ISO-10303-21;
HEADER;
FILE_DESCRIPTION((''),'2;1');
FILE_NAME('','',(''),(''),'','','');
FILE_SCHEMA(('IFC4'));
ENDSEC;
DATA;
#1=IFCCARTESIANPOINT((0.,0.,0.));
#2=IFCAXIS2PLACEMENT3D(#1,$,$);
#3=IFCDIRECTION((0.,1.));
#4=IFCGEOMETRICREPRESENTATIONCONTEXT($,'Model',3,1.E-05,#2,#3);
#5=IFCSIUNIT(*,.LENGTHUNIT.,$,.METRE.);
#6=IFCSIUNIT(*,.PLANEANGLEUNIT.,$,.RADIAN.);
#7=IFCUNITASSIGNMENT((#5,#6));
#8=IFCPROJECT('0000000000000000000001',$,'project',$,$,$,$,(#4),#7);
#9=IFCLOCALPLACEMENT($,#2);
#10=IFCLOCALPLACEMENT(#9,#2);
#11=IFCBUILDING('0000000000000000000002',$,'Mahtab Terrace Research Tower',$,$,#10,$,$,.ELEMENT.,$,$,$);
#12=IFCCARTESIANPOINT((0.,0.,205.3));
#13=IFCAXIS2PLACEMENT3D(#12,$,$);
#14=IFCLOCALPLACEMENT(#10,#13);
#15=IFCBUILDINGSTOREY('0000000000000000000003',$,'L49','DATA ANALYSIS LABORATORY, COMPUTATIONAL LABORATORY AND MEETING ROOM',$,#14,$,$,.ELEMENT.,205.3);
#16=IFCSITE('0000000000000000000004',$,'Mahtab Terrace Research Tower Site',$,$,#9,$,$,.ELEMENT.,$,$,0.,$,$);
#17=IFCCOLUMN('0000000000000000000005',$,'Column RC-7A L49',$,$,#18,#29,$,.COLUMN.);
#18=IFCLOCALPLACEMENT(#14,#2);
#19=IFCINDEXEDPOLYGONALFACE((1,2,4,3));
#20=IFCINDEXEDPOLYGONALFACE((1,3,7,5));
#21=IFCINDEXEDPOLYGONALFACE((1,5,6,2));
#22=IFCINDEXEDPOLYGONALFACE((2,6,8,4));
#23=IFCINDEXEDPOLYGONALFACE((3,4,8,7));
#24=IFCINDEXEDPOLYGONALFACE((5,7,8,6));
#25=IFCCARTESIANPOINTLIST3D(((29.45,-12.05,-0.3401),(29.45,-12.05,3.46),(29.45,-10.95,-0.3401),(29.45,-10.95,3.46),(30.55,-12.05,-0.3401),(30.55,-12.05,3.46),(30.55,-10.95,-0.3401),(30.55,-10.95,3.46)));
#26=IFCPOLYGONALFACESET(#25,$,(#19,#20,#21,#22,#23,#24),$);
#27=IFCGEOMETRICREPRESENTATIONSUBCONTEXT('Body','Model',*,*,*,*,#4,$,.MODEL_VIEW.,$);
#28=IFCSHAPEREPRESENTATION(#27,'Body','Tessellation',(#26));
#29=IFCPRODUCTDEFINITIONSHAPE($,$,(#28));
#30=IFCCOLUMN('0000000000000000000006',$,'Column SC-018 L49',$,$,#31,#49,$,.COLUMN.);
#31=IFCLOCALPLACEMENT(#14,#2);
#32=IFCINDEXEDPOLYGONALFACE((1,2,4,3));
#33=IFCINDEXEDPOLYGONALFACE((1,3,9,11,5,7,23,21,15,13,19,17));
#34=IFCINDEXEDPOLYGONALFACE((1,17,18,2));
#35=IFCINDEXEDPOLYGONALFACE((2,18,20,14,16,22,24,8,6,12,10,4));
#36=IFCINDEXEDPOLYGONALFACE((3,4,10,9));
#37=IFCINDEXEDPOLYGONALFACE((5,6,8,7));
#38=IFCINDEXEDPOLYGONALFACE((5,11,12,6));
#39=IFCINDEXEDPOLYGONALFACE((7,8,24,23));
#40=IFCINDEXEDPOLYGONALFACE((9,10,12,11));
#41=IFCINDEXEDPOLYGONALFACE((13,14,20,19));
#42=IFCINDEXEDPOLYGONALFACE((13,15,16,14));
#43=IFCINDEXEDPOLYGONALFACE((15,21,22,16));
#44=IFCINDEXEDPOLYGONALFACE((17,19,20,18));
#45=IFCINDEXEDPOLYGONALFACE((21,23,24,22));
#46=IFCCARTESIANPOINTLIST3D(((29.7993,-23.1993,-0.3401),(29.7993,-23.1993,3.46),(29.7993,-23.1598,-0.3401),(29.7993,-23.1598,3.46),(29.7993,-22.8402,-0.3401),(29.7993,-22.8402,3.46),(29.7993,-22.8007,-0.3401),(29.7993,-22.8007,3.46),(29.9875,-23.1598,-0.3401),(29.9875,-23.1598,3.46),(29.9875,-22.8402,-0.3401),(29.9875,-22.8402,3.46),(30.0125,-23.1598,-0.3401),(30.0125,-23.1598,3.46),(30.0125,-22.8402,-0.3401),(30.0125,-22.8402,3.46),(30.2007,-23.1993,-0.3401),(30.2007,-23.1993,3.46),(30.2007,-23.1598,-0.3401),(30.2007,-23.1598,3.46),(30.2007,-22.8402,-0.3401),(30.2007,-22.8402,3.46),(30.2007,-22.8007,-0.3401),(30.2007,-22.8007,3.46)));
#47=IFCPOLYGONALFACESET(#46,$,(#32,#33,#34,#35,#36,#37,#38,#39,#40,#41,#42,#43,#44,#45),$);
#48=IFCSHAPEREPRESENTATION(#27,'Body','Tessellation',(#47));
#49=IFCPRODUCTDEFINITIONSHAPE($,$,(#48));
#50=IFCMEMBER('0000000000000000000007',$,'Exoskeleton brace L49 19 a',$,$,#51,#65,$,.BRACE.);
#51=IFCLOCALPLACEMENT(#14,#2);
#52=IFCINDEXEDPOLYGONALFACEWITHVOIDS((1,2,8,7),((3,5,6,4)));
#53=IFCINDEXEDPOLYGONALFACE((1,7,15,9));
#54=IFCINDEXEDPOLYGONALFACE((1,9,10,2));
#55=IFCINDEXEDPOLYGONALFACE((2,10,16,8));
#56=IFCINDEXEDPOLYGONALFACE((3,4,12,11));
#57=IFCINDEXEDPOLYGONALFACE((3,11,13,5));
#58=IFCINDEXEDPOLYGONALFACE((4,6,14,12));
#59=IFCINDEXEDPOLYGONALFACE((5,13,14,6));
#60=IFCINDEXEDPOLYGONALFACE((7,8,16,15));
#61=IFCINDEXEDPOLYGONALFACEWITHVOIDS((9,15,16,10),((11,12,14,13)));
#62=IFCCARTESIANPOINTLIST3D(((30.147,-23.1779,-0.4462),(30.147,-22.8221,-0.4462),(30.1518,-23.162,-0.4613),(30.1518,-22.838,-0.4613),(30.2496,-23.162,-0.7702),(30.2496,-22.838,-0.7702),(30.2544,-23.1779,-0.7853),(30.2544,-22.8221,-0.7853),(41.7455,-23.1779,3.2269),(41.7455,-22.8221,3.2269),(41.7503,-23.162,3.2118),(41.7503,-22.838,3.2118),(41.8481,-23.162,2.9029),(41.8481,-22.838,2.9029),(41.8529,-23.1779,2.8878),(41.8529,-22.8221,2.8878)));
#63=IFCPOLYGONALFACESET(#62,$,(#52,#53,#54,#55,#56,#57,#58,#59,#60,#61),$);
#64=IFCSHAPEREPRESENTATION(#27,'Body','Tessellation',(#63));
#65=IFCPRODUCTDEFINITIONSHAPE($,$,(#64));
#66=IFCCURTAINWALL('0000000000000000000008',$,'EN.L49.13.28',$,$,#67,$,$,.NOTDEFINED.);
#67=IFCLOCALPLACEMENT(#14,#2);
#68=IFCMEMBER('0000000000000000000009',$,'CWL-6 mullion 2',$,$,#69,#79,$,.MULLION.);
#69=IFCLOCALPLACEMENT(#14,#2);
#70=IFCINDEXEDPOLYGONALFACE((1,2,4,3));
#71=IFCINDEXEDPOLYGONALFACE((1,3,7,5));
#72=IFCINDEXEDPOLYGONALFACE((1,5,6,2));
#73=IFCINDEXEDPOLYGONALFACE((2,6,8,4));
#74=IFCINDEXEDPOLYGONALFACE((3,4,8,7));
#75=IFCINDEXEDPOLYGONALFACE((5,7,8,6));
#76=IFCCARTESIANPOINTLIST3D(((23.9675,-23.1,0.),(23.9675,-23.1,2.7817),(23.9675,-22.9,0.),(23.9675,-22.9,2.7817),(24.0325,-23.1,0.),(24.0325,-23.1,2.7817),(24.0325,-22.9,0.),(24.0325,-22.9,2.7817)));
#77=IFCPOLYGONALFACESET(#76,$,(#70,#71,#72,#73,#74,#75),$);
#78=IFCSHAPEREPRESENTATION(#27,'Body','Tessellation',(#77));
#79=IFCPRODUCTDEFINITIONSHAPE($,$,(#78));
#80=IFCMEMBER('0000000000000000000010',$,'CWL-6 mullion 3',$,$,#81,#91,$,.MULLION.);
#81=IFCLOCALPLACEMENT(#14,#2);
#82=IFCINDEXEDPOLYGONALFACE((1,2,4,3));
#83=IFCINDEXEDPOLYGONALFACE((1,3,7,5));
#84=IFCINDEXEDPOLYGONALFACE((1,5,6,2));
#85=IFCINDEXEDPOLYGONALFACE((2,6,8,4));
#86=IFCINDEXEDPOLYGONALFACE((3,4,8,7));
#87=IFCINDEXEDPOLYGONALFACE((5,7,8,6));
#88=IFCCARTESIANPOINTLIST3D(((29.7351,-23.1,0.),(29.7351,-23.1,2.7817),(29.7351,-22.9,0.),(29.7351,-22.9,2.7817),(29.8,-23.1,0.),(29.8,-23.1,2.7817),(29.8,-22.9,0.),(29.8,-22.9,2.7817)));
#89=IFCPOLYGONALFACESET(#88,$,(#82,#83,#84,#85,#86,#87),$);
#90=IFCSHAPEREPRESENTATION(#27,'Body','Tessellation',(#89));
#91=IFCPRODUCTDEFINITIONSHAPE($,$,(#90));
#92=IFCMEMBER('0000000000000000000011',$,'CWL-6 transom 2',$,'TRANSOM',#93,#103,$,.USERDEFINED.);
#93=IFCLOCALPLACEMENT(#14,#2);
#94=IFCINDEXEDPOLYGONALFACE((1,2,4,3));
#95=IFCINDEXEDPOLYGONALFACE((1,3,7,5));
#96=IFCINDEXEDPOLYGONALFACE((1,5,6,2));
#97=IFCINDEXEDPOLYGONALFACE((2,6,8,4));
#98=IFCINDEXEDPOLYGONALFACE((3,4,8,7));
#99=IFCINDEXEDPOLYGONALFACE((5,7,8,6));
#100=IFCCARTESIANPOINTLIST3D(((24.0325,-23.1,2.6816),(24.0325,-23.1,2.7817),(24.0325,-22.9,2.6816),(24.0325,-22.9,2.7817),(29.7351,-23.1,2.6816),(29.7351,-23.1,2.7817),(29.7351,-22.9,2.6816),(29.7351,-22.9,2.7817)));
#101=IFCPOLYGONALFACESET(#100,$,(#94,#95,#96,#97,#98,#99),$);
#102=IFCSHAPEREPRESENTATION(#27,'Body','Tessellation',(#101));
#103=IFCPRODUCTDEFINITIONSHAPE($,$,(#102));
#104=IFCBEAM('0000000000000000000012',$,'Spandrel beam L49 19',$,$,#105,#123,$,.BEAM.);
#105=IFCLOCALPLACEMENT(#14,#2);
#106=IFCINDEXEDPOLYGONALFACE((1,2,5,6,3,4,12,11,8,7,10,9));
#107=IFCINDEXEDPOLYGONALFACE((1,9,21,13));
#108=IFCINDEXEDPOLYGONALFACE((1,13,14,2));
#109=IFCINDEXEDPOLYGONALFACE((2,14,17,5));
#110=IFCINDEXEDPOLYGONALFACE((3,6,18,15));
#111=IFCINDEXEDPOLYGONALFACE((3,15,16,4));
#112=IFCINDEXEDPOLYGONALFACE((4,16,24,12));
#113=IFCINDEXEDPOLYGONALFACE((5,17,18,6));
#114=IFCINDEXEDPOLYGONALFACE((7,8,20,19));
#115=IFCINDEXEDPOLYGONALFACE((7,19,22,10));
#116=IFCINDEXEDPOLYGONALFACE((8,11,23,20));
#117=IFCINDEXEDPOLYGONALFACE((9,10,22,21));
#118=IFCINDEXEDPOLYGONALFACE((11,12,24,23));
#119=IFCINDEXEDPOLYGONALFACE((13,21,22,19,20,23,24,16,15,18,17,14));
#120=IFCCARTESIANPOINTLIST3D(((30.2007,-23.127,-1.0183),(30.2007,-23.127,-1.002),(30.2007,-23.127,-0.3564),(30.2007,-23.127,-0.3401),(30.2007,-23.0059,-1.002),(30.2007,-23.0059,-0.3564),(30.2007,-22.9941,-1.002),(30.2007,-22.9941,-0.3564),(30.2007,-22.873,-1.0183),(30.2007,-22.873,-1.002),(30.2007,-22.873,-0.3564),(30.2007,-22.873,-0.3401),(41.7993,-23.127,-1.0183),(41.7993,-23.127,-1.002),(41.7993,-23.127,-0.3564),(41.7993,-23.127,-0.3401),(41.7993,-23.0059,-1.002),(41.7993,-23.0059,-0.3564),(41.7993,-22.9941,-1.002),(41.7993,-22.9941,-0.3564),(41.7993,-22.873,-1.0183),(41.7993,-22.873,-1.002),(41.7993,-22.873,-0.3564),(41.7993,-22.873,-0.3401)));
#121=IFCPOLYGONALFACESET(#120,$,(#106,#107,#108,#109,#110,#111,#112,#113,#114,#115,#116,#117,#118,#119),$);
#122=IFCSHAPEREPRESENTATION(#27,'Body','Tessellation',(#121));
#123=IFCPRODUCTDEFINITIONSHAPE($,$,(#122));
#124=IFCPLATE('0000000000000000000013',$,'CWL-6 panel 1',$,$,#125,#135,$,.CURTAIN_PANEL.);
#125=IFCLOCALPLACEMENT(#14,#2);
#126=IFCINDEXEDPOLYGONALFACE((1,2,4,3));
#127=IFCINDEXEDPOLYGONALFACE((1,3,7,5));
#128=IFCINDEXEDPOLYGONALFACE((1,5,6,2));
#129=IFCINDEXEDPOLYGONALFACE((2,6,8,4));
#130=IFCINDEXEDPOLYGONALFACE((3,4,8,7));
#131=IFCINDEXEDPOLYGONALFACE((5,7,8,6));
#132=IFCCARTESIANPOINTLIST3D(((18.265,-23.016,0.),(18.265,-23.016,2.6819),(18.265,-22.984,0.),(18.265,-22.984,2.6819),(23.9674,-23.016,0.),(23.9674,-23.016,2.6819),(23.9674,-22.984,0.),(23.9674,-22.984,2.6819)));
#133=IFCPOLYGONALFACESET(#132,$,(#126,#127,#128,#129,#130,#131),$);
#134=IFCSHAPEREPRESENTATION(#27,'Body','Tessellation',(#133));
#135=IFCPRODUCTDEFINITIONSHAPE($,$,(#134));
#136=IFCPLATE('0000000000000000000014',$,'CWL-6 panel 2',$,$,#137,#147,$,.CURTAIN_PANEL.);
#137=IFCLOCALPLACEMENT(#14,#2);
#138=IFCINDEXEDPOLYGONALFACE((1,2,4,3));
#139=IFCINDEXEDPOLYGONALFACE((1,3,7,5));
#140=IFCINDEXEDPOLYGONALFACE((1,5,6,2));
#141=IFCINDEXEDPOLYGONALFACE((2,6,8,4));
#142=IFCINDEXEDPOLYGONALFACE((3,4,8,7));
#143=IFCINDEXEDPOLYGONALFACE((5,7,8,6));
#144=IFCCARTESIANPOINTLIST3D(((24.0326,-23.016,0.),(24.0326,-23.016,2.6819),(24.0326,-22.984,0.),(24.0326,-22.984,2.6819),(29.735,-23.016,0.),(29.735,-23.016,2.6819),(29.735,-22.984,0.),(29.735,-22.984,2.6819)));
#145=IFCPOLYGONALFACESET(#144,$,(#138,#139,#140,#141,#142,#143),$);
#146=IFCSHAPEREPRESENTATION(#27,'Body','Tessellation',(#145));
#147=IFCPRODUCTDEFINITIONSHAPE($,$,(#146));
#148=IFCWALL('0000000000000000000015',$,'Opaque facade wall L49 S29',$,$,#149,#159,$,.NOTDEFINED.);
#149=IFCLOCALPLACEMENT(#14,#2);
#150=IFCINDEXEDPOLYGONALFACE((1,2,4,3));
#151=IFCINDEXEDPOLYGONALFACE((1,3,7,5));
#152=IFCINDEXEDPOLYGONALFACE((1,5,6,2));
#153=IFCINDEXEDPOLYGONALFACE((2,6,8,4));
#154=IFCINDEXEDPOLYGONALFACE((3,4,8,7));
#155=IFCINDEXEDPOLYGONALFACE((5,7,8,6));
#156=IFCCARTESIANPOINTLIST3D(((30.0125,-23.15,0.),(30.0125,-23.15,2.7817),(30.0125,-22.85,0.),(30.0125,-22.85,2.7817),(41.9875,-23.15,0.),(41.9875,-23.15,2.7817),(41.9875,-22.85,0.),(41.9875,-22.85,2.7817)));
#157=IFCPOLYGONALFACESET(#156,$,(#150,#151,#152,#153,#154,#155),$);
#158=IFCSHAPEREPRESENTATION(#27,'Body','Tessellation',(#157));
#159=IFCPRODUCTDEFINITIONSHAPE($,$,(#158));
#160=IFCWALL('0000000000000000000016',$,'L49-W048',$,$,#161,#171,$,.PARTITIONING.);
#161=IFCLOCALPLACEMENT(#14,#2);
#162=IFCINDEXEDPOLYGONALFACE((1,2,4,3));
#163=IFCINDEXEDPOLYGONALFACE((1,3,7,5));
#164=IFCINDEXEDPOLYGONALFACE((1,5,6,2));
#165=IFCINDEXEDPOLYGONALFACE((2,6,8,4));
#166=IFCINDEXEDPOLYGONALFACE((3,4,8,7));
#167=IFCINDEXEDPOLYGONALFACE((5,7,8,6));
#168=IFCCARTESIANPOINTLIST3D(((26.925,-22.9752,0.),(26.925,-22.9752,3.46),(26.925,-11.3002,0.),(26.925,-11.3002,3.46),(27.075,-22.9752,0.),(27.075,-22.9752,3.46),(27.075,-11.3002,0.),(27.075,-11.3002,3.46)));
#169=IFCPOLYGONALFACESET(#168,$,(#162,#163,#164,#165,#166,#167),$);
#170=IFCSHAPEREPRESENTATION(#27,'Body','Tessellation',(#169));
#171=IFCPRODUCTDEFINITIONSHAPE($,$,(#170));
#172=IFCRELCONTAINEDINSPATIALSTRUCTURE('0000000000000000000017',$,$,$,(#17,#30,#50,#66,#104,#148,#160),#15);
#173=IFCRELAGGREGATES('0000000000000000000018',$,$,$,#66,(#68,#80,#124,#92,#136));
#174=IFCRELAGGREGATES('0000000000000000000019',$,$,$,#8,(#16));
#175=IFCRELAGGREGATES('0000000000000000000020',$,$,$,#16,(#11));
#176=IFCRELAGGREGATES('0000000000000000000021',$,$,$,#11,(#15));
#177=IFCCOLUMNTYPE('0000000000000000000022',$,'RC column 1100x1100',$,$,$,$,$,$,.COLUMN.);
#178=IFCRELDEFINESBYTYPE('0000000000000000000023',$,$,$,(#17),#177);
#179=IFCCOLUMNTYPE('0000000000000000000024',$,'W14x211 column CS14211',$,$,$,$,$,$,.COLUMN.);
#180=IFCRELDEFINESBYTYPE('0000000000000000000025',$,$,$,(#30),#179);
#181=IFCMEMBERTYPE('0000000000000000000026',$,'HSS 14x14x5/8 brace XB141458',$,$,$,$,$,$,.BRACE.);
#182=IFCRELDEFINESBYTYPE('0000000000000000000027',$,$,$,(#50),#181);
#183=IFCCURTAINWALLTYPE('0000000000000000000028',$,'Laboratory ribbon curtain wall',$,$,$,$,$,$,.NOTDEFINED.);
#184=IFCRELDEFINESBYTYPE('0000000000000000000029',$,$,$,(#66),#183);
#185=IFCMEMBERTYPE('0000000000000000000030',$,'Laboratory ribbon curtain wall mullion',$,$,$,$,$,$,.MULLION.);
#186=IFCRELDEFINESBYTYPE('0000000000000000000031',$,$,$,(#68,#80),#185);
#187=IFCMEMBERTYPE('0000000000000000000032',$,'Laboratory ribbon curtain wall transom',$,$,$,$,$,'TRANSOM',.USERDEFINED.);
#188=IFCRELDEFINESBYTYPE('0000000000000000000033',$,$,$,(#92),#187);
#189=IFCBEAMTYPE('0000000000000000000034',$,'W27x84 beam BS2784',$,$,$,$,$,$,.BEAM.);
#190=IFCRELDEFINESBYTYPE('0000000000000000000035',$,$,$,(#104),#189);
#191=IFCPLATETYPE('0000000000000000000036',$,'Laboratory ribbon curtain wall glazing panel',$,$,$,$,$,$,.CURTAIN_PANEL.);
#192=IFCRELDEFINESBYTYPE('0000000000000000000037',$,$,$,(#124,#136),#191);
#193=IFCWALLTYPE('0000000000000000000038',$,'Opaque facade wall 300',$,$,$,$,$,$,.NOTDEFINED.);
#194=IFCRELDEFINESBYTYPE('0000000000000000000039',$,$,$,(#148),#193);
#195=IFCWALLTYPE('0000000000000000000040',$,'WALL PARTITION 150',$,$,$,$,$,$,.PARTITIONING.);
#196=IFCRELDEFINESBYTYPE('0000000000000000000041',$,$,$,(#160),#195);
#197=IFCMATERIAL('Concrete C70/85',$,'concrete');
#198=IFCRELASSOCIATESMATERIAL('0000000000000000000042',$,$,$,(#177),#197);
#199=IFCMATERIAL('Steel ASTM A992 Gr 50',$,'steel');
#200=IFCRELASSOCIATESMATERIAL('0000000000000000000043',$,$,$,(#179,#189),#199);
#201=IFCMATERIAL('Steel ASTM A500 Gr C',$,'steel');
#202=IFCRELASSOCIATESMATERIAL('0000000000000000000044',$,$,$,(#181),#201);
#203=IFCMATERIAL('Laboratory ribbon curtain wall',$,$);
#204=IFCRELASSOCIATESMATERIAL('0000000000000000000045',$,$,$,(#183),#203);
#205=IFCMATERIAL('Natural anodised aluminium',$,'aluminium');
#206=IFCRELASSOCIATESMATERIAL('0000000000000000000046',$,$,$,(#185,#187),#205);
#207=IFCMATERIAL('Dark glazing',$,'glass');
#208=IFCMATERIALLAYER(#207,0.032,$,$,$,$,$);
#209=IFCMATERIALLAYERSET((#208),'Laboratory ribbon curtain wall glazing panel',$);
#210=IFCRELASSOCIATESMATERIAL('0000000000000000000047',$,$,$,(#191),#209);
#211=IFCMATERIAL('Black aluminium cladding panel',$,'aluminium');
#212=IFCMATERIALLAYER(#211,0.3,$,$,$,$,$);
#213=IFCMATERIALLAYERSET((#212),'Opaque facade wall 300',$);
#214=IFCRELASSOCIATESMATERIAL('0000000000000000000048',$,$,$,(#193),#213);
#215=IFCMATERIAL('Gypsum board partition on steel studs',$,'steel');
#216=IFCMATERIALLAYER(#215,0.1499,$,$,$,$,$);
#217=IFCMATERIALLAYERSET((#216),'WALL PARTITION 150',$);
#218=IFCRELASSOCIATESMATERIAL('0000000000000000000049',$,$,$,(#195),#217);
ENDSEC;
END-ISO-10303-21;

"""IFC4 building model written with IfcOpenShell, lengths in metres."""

from ifc_helpers import new_model, si_unit, direction, frame, frame_2d, origin, origin_2d, place, context, subcontext, project, spatial, rectangle, hollow_rectangle, i_section, extrude, material, layer, layer_set, material_profile, profile_set, type_object, element, aggregate, save


model = new_model("IFC4")

# Units and contexts
model_context = context("Model", 3, precision=1e-05, world=origin(), true_north=direction((0.0, 1.0)))
body_context = subcontext(model_context, "Body", "Model", "MODEL_VIEW")
ifc_project = project(units=[si_unit("LENGTHUNIT", "METRE"), si_unit("PLANEANGLEUNIT", "RADIAN")], contexts=[model_context])

# Site, building, storey
site_placement = place(None, origin())
site = spatial("IfcSite", under=ifc_project, at=site_placement, Name="Mahtab Terrace Research Tower Site", CompositionType="ELEMENT", RefElevation=0.0)
building_placement = place(site_placement, origin())
building = spatial("IfcBuilding", under=site, at=building_placement, Name="Mahtab Terrace Research Tower", CompositionType="ELEMENT")
storey_placement = place(building_placement, frame((0.0, 0.0, 205.3)))
storey = spatial("IfcBuildingStorey", under=building, at=storey_placement, Name="L49", Description="DATA ANALYSIS LABORATORY, COMPUTATIONAL LABORATORY AND MEETING ROOM", CompositionType="ELEMENT", Elevation=205.3)

# Columns
ifc_material_1 = material(Name="Concrete C70/85", Category="concrete")
ifc_material_profile_1 = material_profile(ifc_material_1, rectangle(XDim=1.1001, YDim=1.1001, at=origin_2d()), Name="RC column 1100x1100")
ifc_profile_set_1 = profile_set([ifc_material_profile_1], Name="Concrete C70/85")
column_type_1 = type_object("IfcColumnType", Name="RC column 1100x1100", PredefinedType="COLUMN", material=ifc_profile_set_1)
column_1_placement = place(storey_placement, frame((30.0, -11.5, -0.3401), z_axis=(0.0, 0.0, 1.0), x_axis=(1.0, 0.0, 0.0)))
element("IfcColumn", 1, at=column_1_placement, inside=storey, type_object=column_type_1, Name="Column RC-7A L49", PredefinedType="COLUMN", context=body_context, shape_type="SweptSolid", body=[
    extrude(rectangle(XDim=1.1001, YDim=1.1001, at=origin_2d()), origin(), (0.0, 0.0, 1.0), 3.8),
])
ifc_material_2 = material(Name="Steel ASTM A992 Gr 50", Category="steel")
ifc_material_profile_2 = material_profile(ifc_material_2, i_section(OverallWidth=0.4014, OverallDepth=0.3987, WebThickness=0.0249, FlangeThickness=0.0396, at=origin_2d()), Name="W14X211")
ifc_profile_set_2 = profile_set([ifc_material_profile_2], Name="Steel ASTM A992 Gr 50")
column_type_2 = type_object("IfcColumnType", Name="W14x211 column CS14211", PredefinedType="COLUMN", material=ifc_profile_set_2)
column_2_placement = place(storey_placement, frame((30.0, -23.0, -0.3401), z_axis=(0.0, 0.0, 1.0), x_axis=(1.0, 0.0, 0.0)))
element("IfcColumn", 2, at=column_2_placement, inside=storey, type_object=column_type_2, Name="Column SC-018 L49", PredefinedType="COLUMN", context=body_context, shape_type="SweptSolid", body=[
    extrude(i_section(OverallWidth=0.4014, OverallDepth=0.3987, WebThickness=0.0249, FlangeThickness=0.0396, at=origin_2d()), origin(), (0.0, 0.0, 1.0), 3.8),
])

# Member
ifc_material_3 = material(Name="Steel ASTM A500 Gr C", Category="steel")
ifc_material_profile_3 = material_profile(ifc_material_3, hollow_rectangle(XDim=0.3557, YDim=0.3557, WallThickness=0.0159, at=origin_2d()), Name="HSS14X14X5/8")
ifc_profile_set_3 = profile_set([ifc_material_profile_3], Name="Steel ASTM A500 Gr C")
member_type_1 = type_object("IfcMemberType", Name="HSS 14x14x5/8 brace XB141458", PredefinedType="BRACE", material=ifc_profile_set_3)
member_1_placement = place(storey_placement, frame((30.2007, -23.0, -0.6157), z_axis=(0.953338, 0.0, 0.301906), x_axis=(0.0, 1.0, 0.0)))
element("IfcMember", 3, at=member_1_placement, inside=storey, type_object=member_type_1, Name="Exoskeleton brace L49 19 a", PredefinedType="BRACE", context=body_context, shape_type="SweptSolid", body=[
    extrude(hollow_rectangle(XDim=0.3557, YDim=0.3557, WallThickness=0.0159, at=origin_2d()), origin(), (0.0, 0.0, 1.0), 12.1663),
])

# Curtain wall, members
ifc_material_4 = material(Name="Laboratory ribbon curtain wall")
curtain_wall_type = type_object("IfcCurtainWallType", Name="Laboratory ribbon curtain wall", PredefinedType="NOTDEFINED", material=ifc_material_4)
curtain_wall_placement = place(storey_placement, origin())
curtain_wall = element("IfcCurtainWall", 4, at=curtain_wall_placement, inside=storey, type_object=curtain_wall_type, Name="EN.L49.13.28", PredefinedType="NOTDEFINED")
ifc_material_5 = material(Name="Natural anodised aluminium", Category="aluminium")
ifc_material_profile_4 = material_profile(ifc_material_5, rectangle(XDim=0.2, YDim=0.0649, at=origin_2d()), Name="MULLION 65x200")
ifc_profile_set_4 = profile_set([ifc_material_profile_4], Name="Natural anodised aluminium")
member_type_2 = type_object("IfcMemberType", Name="Laboratory ribbon curtain wall mullion", PredefinedType="MULLION", material=ifc_profile_set_4)
member_2_placement = place(storey_placement, frame((24.0, -23.0, 0.0), z_axis=(0.0, 0.0, 1.0), x_axis=(0.0, 1.0, 0.0)))
member_2 = element("IfcMember", 5, at=member_2_placement, type_object=member_type_2, Name="CWL-6 mullion 2", PredefinedType="MULLION", context=body_context, shape_type="SweptSolid", body=[
    extrude(rectangle(XDim=0.2, YDim=0.0649, at=origin_2d()), origin(), (0.0, 0.0, 1.0), 2.7817),
])
member_3_placement = place(storey_placement, frame((29.7676, -23.0, 0.0), z_axis=(0.0, 0.0, 1.0), x_axis=(0.0, 1.0, 0.0)))
member_3 = element("IfcMember", 6, at=member_3_placement, type_object=member_type_2, Name="CWL-6 mullion 3", PredefinedType="MULLION", context=body_context, shape_type="SweptSolid", body=[
    extrude(rectangle(XDim=0.2, YDim=0.0649, at=origin_2d()), origin(), (0.0, 0.0, 1.0), 2.7817),
])
ifc_material_profile_5 = material_profile(ifc_material_5, rectangle(XDim=0.2, YDim=0.1001, at=origin_2d()), Name="TRANSOM 100x200")
ifc_profile_set_5 = profile_set([ifc_material_profile_5], Name="Natural anodised aluminium")
member_type_3 = type_object("IfcMemberType", Name="Laboratory ribbon curtain wall transom", ElementType="TRANSOM", PredefinedType="USERDEFINED", material=ifc_profile_set_5)
member_4_placement = place(storey_placement, frame((24.0325, -23.0, 2.7317), z_axis=(1.0, 0.0, 0.0), x_axis=(0.0, 1.0, 0.0)))
member_4 = element("IfcMember", 7, at=member_4_placement, type_object=member_type_3, Name="CWL-6 transom 2", ObjectType="TRANSOM", PredefinedType="USERDEFINED", context=body_context, shape_type="SweptSolid", body=[
    extrude(rectangle(XDim=0.2, YDim=0.1001, at=origin_2d()), origin(), (0.0, 0.0, 1.0), 5.7026),
])

# Beam
ifc_material_profile_6 = material_profile(ifc_material_2, i_section(OverallWidth=0.2539, OverallDepth=0.6782, WebThickness=0.0117, FlangeThickness=0.0164, at=origin_2d()), Name="W27X84")
ifc_profile_set_6 = profile_set([ifc_material_profile_6], Name="Steel ASTM A992 Gr 50")
beam_type = type_object("IfcBeamType", Name="W27x84 beam BS2784", PredefinedType="BEAM", material=ifc_profile_set_6)
beam_placement = place(storey_placement, frame((30.2007, -23.0, -0.6792), z_axis=(1.0, 0.0, 0.0), x_axis=(0.0, 1.0, 0.0)))
element("IfcBeam", 8, at=beam_placement, inside=storey, type_object=beam_type, Name="Spandrel beam L49 19", PredefinedType="BEAM", context=body_context, shape_type="SweptSolid", body=[
    extrude(i_section(OverallWidth=0.2539, OverallDepth=0.6782, WebThickness=0.0117, FlangeThickness=0.0164, at=origin_2d()), origin(), (0.0, 0.0, 1.0), 11.5986),
])

# Plates
ifc_material_6 = material(Name="Dark glazing", Category="glass")
ifc_layer_1 = layer(ifc_material_6, 0.032)
ifc_layer_set_1 = layer_set([ifc_layer_1], Name="Laboratory ribbon curtain wall glazing panel")
plate_type = type_object("IfcPlateType", Name="Laboratory ribbon curtain wall glazing panel", PredefinedType="CURTAIN_PANEL", material=ifc_layer_set_1)
plate_1_placement = place(storey_placement, frame((21.1162, -23.0, 0.0), z_axis=(0.0, 0.0, 1.0), x_axis=(1.0, 0.0, 0.0)))
plate_1 = element("IfcPlate", 9, at=plate_1_placement, type_object=plate_type, Name="CWL-6 panel 1", PredefinedType="CURTAIN_PANEL", context=body_context, shape_type="SweptSolid", body=[
    extrude(rectangle(XDim=5.7024, YDim=0.032, at=origin_2d()), origin(), (0.0, 0.0, 1.0), 2.6819),
])
plate_2_placement = place(storey_placement, frame((26.8838, -23.0, 0.0), z_axis=(0.0, 0.0, 1.0), x_axis=(1.0, 0.0, 0.0)))
plate_2 = element("IfcPlate", 10, at=plate_2_placement, type_object=plate_type, Name="CWL-6 panel 2", PredefinedType="CURTAIN_PANEL", context=body_context, shape_type="SweptSolid", body=[
    extrude(rectangle(XDim=5.7024, YDim=0.032, at=origin_2d()), origin(), (0.0, 0.0, 1.0), 2.6819),
])
aggregate(curtain_wall, [member_2, member_3, plate_1, member_4, plate_2])

# Walls
ifc_material_7 = material(Name="Black aluminium cladding panel", Category="aluminium")
ifc_layer_2 = layer(ifc_material_7, 0.3)
ifc_layer_set_2 = layer_set([ifc_layer_2], Name="Opaque facade wall 300")
wall_type_1 = type_object("IfcWallType", Name="Opaque facade wall 300", PredefinedType="NOTDEFINED", material=ifc_layer_set_2)
wall_1_placement = place(storey_placement, frame((30.0125, -23.0, 0.0), z_axis=(0.0, 0.0, 1.0), x_axis=(1.0, 0.0, 0.0)))
element("IfcWall", 11, at=wall_1_placement, inside=storey, type_object=wall_type_1, Name="Opaque facade wall L49 S29", PredefinedType="NOTDEFINED", context=body_context, shape_type="SweptSolid", body=[
    extrude(rectangle(XDim=11.9751, YDim=0.3, at=frame_2d((5.9875, 0.0))), origin(), (0.0, 0.0, 1.0), 2.7817),
])
ifc_material_8 = material(Name="Gypsum board partition on steel studs", Category="steel")
ifc_layer_3 = layer(ifc_material_8, 0.1499)
ifc_layer_set_3 = layer_set([ifc_layer_3], Name="WALL PARTITION 150")
wall_type_2 = type_object("IfcWallType", Name="WALL PARTITION 150", PredefinedType="PARTITIONING", material=ifc_layer_set_3)
wall_2_placement = place(storey_placement, frame((27.0, -22.9751, 0.0), z_axis=(0.0, 0.0, 1.0), x_axis=(0.0, 1.0, 0.0)))
element("IfcWall", 12, at=wall_2_placement, inside=storey, type_object=wall_type_2, Name="L49-W048", PredefinedType="PARTITIONING", context=body_context, shape_type="SweptSolid", body=[
    extrude(rectangle(XDim=11.675, YDim=0.1499, at=frame_2d((5.8374, 0.0))), origin(), (0.0, 0.0, 1.0), 3.46),
])

save(model, "model.ifc")
